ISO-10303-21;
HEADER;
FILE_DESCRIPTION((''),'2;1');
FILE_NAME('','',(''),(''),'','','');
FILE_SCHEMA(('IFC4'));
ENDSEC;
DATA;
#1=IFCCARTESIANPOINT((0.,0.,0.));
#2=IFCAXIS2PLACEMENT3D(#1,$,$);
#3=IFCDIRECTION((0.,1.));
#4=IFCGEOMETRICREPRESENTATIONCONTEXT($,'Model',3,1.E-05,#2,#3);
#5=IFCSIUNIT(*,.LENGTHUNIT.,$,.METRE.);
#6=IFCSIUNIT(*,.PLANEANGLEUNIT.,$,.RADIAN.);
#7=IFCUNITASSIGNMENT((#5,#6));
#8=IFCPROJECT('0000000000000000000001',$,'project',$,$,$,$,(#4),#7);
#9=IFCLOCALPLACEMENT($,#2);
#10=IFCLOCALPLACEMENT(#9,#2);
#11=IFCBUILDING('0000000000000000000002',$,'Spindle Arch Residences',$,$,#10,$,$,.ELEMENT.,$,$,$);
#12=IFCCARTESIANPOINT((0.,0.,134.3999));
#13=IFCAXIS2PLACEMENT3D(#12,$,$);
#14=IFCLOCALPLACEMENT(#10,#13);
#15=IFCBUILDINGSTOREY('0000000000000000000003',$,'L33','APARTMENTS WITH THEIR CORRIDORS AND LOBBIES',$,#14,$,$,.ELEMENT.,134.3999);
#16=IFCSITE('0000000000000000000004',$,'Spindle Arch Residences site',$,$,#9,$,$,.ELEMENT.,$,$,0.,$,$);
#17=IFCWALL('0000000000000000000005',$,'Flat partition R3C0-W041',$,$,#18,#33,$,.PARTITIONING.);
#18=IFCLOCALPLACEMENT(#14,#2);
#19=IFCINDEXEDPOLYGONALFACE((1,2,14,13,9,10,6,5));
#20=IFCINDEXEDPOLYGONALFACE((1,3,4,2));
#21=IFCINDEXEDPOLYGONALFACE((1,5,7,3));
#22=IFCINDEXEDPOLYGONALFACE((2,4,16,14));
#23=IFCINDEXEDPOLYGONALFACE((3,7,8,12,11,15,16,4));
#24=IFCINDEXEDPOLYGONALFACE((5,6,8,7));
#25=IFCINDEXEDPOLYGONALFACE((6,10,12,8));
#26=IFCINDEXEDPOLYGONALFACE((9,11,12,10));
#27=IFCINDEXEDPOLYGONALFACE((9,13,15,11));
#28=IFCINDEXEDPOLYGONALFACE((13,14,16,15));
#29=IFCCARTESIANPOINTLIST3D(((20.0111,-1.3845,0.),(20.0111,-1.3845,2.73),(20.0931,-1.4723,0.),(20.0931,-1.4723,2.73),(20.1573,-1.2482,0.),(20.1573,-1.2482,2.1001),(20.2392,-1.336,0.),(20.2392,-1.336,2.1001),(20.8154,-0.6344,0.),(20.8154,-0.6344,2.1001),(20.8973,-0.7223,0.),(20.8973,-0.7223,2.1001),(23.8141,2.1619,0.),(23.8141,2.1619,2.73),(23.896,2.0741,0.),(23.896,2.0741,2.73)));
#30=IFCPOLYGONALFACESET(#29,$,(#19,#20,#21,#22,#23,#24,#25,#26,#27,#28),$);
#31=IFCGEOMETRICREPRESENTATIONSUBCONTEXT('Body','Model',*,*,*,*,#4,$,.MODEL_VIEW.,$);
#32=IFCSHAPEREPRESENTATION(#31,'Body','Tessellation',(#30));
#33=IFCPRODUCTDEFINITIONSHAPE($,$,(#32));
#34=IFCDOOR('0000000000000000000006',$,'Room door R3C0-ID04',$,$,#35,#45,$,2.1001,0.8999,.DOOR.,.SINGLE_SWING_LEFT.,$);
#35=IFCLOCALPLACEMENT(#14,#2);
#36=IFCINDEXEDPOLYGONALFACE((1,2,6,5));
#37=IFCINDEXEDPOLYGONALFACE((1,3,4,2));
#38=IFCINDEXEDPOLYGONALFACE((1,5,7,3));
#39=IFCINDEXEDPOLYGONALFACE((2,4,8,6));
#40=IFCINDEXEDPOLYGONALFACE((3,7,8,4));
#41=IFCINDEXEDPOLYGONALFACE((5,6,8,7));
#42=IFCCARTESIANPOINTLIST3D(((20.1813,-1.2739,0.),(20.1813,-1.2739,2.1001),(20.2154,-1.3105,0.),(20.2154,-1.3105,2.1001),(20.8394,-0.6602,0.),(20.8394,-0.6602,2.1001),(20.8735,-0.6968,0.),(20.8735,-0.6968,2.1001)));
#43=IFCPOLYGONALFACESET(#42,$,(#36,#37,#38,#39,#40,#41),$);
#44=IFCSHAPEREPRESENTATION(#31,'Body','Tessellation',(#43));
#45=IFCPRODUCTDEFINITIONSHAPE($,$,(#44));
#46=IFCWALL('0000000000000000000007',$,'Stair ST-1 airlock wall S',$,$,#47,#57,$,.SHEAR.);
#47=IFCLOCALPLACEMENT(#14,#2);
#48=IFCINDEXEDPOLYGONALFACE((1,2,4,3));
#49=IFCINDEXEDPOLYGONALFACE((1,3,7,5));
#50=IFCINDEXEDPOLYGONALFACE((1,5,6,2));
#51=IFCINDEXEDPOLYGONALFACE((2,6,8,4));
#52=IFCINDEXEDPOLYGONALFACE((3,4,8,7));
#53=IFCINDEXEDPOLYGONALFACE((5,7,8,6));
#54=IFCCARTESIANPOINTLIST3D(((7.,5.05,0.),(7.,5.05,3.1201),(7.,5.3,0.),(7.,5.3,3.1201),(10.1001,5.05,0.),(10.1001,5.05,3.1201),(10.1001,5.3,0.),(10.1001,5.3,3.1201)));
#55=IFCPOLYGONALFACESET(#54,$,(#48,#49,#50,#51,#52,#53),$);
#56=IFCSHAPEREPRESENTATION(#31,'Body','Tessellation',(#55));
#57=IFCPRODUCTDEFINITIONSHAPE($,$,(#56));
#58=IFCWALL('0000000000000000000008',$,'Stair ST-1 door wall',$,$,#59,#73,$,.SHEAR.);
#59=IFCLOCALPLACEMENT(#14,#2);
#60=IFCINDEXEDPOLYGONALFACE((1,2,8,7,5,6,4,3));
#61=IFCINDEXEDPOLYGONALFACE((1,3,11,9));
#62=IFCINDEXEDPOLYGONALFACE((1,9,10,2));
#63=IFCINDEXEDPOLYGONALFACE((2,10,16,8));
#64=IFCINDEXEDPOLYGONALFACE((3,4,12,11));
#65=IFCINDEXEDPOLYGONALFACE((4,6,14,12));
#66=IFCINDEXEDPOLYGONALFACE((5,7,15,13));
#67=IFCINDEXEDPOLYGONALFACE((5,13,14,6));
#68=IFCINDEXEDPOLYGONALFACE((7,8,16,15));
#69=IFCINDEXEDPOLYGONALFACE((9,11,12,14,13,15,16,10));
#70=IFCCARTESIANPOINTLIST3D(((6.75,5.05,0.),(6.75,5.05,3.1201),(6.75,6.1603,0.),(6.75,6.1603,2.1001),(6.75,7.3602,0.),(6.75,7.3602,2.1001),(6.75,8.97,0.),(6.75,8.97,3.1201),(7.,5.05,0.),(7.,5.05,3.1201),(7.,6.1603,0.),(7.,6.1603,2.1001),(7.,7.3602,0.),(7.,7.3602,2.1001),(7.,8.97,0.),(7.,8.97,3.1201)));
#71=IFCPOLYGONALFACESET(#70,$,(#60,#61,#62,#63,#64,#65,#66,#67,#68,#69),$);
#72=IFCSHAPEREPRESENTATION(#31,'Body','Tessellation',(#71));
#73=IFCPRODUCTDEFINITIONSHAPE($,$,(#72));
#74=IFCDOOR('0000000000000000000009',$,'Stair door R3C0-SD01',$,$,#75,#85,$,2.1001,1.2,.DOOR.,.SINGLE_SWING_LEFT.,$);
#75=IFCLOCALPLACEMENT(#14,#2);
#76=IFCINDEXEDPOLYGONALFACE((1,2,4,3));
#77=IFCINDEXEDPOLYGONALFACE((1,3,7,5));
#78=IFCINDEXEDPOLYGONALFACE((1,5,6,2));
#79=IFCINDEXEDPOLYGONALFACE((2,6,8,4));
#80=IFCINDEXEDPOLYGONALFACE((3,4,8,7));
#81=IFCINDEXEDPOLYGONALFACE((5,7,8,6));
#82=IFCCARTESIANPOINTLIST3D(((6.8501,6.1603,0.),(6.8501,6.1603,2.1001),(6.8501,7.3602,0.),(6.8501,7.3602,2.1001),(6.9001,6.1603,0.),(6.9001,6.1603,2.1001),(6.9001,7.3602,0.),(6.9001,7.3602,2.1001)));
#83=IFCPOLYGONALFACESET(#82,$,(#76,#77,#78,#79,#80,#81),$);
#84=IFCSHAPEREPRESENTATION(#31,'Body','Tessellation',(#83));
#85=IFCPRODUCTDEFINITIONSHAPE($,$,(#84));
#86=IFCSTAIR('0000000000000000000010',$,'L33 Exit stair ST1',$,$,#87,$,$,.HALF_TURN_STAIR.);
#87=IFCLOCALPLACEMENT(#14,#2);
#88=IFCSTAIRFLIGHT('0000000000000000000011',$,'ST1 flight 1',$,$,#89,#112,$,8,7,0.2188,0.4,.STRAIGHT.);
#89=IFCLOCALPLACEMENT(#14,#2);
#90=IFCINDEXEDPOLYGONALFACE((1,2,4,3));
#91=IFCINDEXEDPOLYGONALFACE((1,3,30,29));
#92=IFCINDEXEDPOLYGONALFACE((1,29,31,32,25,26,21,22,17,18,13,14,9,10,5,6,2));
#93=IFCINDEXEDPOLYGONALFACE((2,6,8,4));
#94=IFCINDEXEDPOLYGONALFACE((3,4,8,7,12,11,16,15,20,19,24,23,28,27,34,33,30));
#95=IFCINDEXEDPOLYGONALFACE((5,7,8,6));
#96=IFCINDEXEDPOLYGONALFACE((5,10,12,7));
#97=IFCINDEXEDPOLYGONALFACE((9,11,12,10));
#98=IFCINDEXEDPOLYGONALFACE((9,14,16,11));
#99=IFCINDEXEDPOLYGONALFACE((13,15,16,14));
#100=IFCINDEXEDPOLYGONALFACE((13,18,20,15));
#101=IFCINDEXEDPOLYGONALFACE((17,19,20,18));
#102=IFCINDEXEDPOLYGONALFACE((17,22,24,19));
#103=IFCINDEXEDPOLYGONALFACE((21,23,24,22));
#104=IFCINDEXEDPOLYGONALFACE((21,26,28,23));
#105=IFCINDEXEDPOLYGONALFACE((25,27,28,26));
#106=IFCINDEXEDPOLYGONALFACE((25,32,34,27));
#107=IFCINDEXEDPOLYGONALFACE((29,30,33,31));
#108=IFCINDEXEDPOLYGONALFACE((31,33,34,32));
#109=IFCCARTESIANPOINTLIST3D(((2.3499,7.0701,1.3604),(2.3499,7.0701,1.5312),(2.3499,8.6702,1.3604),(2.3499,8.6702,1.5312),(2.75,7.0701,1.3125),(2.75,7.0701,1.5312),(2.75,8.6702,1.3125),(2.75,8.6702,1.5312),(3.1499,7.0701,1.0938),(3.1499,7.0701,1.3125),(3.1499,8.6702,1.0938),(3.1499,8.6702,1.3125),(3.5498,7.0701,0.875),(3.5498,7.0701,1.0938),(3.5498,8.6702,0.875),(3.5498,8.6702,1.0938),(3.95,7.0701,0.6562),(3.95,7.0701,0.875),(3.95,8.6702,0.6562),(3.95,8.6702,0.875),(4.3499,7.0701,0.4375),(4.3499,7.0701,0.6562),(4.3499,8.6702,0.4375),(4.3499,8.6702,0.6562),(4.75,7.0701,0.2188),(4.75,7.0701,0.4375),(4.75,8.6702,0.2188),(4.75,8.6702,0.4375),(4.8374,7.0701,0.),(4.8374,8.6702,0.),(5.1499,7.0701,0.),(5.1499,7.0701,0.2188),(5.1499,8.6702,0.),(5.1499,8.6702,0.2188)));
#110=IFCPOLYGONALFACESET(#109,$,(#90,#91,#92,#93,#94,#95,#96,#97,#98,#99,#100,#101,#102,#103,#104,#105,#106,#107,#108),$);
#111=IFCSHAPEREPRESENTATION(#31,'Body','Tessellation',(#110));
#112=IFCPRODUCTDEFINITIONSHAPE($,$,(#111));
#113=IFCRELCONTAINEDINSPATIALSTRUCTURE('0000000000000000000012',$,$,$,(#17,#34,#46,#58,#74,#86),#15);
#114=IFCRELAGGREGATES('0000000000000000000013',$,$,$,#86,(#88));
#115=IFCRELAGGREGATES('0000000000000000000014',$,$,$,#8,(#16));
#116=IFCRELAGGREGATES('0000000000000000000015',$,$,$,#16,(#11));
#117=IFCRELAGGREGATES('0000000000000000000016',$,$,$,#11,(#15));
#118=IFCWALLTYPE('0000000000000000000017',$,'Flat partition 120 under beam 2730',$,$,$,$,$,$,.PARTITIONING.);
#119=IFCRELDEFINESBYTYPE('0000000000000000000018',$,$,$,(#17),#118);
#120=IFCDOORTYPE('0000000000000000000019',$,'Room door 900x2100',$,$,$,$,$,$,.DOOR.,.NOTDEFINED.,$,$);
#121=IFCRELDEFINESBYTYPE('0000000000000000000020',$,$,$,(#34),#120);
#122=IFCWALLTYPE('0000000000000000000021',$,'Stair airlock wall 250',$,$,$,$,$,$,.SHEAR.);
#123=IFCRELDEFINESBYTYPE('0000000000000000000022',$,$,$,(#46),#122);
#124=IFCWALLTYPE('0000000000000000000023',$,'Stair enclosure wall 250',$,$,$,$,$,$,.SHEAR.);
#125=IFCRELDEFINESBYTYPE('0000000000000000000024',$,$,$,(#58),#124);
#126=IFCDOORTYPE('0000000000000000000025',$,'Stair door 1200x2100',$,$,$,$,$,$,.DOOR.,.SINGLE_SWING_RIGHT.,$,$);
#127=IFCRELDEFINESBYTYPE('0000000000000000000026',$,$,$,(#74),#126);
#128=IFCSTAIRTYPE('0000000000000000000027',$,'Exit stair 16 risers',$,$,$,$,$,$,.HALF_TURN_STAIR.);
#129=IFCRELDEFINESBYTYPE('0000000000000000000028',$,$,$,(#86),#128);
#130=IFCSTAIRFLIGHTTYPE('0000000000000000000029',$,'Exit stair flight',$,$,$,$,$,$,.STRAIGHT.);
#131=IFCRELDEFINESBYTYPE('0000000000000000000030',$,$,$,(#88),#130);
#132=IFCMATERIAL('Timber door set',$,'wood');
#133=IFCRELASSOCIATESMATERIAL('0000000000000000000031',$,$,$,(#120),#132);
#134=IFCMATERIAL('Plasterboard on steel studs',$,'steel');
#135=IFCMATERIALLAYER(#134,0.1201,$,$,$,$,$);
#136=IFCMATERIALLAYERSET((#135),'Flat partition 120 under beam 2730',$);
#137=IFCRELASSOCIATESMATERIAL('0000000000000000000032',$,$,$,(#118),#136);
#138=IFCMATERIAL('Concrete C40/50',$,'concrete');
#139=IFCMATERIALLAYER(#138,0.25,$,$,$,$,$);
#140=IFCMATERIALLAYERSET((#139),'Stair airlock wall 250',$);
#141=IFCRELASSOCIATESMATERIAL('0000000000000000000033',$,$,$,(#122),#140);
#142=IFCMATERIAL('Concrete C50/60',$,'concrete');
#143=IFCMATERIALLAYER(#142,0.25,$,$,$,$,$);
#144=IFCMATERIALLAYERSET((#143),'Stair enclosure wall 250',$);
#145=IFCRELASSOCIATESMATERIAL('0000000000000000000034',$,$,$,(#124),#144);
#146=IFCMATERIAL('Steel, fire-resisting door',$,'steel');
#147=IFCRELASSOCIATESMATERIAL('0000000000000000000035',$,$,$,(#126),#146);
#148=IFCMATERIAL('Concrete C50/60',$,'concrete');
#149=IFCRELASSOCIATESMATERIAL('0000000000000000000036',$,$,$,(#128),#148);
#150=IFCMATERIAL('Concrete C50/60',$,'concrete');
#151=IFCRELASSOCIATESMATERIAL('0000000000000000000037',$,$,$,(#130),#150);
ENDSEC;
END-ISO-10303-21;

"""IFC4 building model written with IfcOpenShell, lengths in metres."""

from ifc_helpers import new_model, si_unit, direction, frame, frame_2d, origin, place, context, subcontext, project, spatial, polyline, rectangle, outline, extrude, material, layer, layer_set, type_object, element, fill, aggregate, save


model = new_model("IFC4")

# Units and contexts
model_context = context("Model", 3, precision=1e-05, world=origin(), true_north=direction((0.0, 1.0)))
body_context = subcontext(model_context, "Body", "Model", "MODEL_VIEW")
ifc_project = project(units=[si_unit("LENGTHUNIT", "METRE"), si_unit("PLANEANGLEUNIT", "RADIAN")], contexts=[model_context])

# Site, building, storey
site_placement = place(None, origin())
site = spatial("IfcSite", under=ifc_project, at=site_placement, Name="Spindle Arch Residences site", CompositionType="ELEMENT", RefElevation=0.0)
building_placement = place(site_placement, origin())
building = spatial("IfcBuilding", under=site, at=building_placement, Name="Spindle Arch Residences", CompositionType="ELEMENT")
storey_placement = place(building_placement, frame((0.0, 0.0, 134.3999)))
storey = spatial("IfcBuildingStorey", under=building, at=storey_placement, Name="L33", Description="APARTMENTS WITH THEIR CORRIDORS AND LOBBIES", CompositionType="ELEMENT", Elevation=134.3999)

# Shared definitions
ifc_material_1 = material(Name="Timber door set", Category="wood")
door_type_1 = type_object("IfcDoorType", Name="Room door 900x2100", OperationType="NOTDEFINED", PredefinedType="DOOR", material=ifc_material_1)

# Wall, opening, door
ifc_material_2 = material(Name="Plasterboard on steel studs", Category="steel")
ifc_layer_1 = layer(ifc_material_2, 0.1201)
ifc_layer_set_1 = layer_set([ifc_layer_1], Name="Flat partition 120 under beam 2730")
wall_type_1 = type_object("IfcWallType", Name="Flat partition 120 under beam 2730", PredefinedType="PARTITIONING", material=ifc_layer_set_1)
wall_1_placement = place(storey_placement, frame((20.052, -1.4285, 0.0), z_axis=(0.0, 0.0, 1.0), x_axis=(0.731349, 0.682004, 0.0)))
wall_1 = element("IfcWall", 1, at=wall_1_placement, inside=storey, type_object=wall_type_1, Name="Flat partition R3C0-W041", PredefinedType="PARTITIONING", context=body_context, shape_type="SweptSolid", body=[
    extrude(rectangle(XDim=5.2, YDim=0.1201, at=frame_2d((2.6001, 0.0))), origin(), (0.0, 0.0, 1.0), 2.73),
])
opening_1_placement = place(wall_1_placement, frame((0.2, 0.0, 0.0)))
opening_1 = element("IfcOpeningElement", 2, at=opening_1_placement, cuts=wall_1, PredefinedType="OPENING", context=body_context, shape_type="SweptSolid", body=[
    extrude(rectangle(XDim=0.8999, YDim=2.1001, at=frame_2d((0.45, 1.05))), frame((0.0, 0.0701, 0.0), z_axis=(0.0, -1.0, 0.0), x_axis=(1.0, 0.0, 0.0)), (0.0, 0.0, 1.0), 0.1401),
])
door_1_placement = place(opening_1_placement, origin())
door_1 = element("IfcDoor", 3, at=door_1_placement, inside=storey, type_object=door_type_1, Name="Room door R3C0-ID04", OperationType="SINGLE_SWING_LEFT", OverallHeight=2.1001, OverallWidth=0.8999, PredefinedType="DOOR", context=body_context, shape_type="SweptSolid", body=[
    extrude(rectangle(XDim=0.8999, YDim=2.1001, at=frame_2d((0.45, 1.05))), frame((0.0, 0.0249, 0.0), z_axis=(0.0, -1.0, 0.0), x_axis=(1.0, 0.0, 0.0)), (0.0, 0.0, 1.0), 0.05),
])
fill(opening_1, door_1)

# Wall
ifc_material_3 = material(Name="Concrete C40/50", Category="concrete")
ifc_layer_2 = layer(ifc_material_3, 0.25)
ifc_layer_set_2 = layer_set([ifc_layer_2], Name="Stair airlock wall 250")
wall_type_2 = type_object("IfcWallType", Name="Stair airlock wall 250", PredefinedType="SHEAR", material=ifc_layer_set_2)
wall_2_placement = place(storey_placement, frame((7.0, 5.175, 0.0), z_axis=(0.0, 0.0, 1.0), x_axis=(1.0, 0.0, 0.0)))
element("IfcWall", 4, at=wall_2_placement, inside=storey, type_object=wall_type_2, Name="Stair ST-1 airlock wall S", PredefinedType="SHEAR", context=body_context, shape_type="SweptSolid", body=[
    extrude(rectangle(XDim=3.1001, YDim=0.25, at=frame_2d((1.55, 0.0))), origin(), (0.0, 0.0, 1.0), 3.1201),
])

# Wall, opening, door
ifc_material_4 = material(Name="Concrete C50/60", Category="concrete")
ifc_layer_3 = layer(ifc_material_4, 0.25)
ifc_layer_set_3 = layer_set([ifc_layer_3], Name="Stair enclosure wall 250")
wall_type_3 = type_object("IfcWallType", Name="Stair enclosure wall 250", PredefinedType="SHEAR", material=ifc_layer_set_3)
wall_3_placement = place(storey_placement, frame((6.875, 5.05, 0.0), z_axis=(0.0, 0.0, 1.0), x_axis=(0.0, 1.0, 0.0)))
wall_3 = element("IfcWall", 5, at=wall_3_placement, inside=storey, type_object=wall_type_3, Name="Stair ST-1 door wall", PredefinedType="SHEAR", context=body_context, shape_type="SweptSolid", body=[
    extrude(rectangle(XDim=3.9199, YDim=0.25, at=frame_2d((1.96, 0.0))), origin(), (0.0, 0.0, 1.0), 3.1201),
])
opening_2_placement = place(wall_3_placement, frame((1.1101, 0.0, 0.0)))
opening_2 = element("IfcOpeningElement", 6, at=opening_2_placement, cuts=wall_3, PredefinedType="OPENING", context=body_context, shape_type="SweptSolid", body=[
    extrude(rectangle(XDim=1.2, YDim=2.1001, at=frame_2d((0.6001, 1.05))), frame((0.0, 0.135, 0.0), z_axis=(0.0, -1.0, 0.0), x_axis=(1.0, 0.0, 0.0)), (0.0, 0.0, 1.0), 0.27),
])
ifc_material_5 = material(Name="Steel, fire-resisting door", Category="steel")
door_type_2 = type_object("IfcDoorType", Name="Stair door 1200x2100", OperationType="SINGLE_SWING_RIGHT", PredefinedType="DOOR", material=ifc_material_5)
door_2_placement = place(opening_2_placement, origin())
door_2 = element("IfcDoor", 7, at=door_2_placement, inside=storey, type_object=door_type_2, Name="Stair door R3C0-SD01", OperationType="SINGLE_SWING_LEFT", OverallHeight=2.1001, OverallWidth=1.2, PredefinedType="DOOR", context=body_context, shape_type="SweptSolid", body=[
    extrude(rectangle(XDim=1.2, YDim=2.1001, at=frame_2d((0.6001, 1.05))), frame((0.0, 0.0249, 0.0), z_axis=(0.0, -1.0, 0.0), x_axis=(1.0, 0.0, 0.0)), (0.0, 0.0, 1.0), 0.05),
])
fill(opening_2, door_2)

# Stair, stair flight
ifc_material_6 = material(Name="Concrete C50/60", Category="concrete")
stair_type = type_object("IfcStairType", Name="Exit stair 16 risers", PredefinedType="HALF_TURN_STAIR", material=ifc_material_6)
stair_placement = place(storey_placement, origin())
stair = element("IfcStair", 8, at=stair_placement, inside=storey, type_object=stair_type, Name="L33 Exit stair ST1", PredefinedType="HALF_TURN_STAIR")
ifc_material_7 = material(Name="Concrete C50/60", Category="concrete")
stair_flight_type = type_object("IfcStairFlightType", Name="Exit stair flight", PredefinedType="STRAIGHT", material=ifc_material_7)
stair_flight_placement = place(storey_placement, frame((5.1499, 7.8701, 0.0), z_axis=(0.0, 0.0, 1.0), x_axis=(-1.0, 0.0, 0.0)))
stair_flight = element("IfcStairFlight", 9, at=stair_flight_placement, type_object=stair_flight_type, Name="ST1 flight 1", NumberOfRisers=8, NumberOfTreads=7, PredefinedType="STRAIGHT", RiserHeight=0.2188, TreadLength=0.4, context=body_context, shape_type="SweptSolid", body=[
    extrude(outline(polyline([(0.0, 0.0), (0.0, 0.2188), (0.3999, 0.2188), (0.3999, 0.4375), (0.8, 0.4375), (0.8, 0.6562), (1.2, 0.6562), (1.2, 0.875), (1.6001, 0.875), (1.6001, 1.0938), (2.0, 1.0938), (2.0, 1.3125), (2.3999, 1.3125), (2.3999, 1.5312), (2.8, 1.5312), (2.8, 1.75), (2.8, 1.3604), (0.3125, 0.0), (0.0, 0.0)])), frame((0.0, 0.8, 0.0), z_axis=(0.0, -1.0, 0.0), x_axis=(1.0, 0.0, 0.0)), (0.0, 0.0, 1.0), 1.6001),
])
aggregate(stair, [stair_flight])

save(model, "model.ifc")
